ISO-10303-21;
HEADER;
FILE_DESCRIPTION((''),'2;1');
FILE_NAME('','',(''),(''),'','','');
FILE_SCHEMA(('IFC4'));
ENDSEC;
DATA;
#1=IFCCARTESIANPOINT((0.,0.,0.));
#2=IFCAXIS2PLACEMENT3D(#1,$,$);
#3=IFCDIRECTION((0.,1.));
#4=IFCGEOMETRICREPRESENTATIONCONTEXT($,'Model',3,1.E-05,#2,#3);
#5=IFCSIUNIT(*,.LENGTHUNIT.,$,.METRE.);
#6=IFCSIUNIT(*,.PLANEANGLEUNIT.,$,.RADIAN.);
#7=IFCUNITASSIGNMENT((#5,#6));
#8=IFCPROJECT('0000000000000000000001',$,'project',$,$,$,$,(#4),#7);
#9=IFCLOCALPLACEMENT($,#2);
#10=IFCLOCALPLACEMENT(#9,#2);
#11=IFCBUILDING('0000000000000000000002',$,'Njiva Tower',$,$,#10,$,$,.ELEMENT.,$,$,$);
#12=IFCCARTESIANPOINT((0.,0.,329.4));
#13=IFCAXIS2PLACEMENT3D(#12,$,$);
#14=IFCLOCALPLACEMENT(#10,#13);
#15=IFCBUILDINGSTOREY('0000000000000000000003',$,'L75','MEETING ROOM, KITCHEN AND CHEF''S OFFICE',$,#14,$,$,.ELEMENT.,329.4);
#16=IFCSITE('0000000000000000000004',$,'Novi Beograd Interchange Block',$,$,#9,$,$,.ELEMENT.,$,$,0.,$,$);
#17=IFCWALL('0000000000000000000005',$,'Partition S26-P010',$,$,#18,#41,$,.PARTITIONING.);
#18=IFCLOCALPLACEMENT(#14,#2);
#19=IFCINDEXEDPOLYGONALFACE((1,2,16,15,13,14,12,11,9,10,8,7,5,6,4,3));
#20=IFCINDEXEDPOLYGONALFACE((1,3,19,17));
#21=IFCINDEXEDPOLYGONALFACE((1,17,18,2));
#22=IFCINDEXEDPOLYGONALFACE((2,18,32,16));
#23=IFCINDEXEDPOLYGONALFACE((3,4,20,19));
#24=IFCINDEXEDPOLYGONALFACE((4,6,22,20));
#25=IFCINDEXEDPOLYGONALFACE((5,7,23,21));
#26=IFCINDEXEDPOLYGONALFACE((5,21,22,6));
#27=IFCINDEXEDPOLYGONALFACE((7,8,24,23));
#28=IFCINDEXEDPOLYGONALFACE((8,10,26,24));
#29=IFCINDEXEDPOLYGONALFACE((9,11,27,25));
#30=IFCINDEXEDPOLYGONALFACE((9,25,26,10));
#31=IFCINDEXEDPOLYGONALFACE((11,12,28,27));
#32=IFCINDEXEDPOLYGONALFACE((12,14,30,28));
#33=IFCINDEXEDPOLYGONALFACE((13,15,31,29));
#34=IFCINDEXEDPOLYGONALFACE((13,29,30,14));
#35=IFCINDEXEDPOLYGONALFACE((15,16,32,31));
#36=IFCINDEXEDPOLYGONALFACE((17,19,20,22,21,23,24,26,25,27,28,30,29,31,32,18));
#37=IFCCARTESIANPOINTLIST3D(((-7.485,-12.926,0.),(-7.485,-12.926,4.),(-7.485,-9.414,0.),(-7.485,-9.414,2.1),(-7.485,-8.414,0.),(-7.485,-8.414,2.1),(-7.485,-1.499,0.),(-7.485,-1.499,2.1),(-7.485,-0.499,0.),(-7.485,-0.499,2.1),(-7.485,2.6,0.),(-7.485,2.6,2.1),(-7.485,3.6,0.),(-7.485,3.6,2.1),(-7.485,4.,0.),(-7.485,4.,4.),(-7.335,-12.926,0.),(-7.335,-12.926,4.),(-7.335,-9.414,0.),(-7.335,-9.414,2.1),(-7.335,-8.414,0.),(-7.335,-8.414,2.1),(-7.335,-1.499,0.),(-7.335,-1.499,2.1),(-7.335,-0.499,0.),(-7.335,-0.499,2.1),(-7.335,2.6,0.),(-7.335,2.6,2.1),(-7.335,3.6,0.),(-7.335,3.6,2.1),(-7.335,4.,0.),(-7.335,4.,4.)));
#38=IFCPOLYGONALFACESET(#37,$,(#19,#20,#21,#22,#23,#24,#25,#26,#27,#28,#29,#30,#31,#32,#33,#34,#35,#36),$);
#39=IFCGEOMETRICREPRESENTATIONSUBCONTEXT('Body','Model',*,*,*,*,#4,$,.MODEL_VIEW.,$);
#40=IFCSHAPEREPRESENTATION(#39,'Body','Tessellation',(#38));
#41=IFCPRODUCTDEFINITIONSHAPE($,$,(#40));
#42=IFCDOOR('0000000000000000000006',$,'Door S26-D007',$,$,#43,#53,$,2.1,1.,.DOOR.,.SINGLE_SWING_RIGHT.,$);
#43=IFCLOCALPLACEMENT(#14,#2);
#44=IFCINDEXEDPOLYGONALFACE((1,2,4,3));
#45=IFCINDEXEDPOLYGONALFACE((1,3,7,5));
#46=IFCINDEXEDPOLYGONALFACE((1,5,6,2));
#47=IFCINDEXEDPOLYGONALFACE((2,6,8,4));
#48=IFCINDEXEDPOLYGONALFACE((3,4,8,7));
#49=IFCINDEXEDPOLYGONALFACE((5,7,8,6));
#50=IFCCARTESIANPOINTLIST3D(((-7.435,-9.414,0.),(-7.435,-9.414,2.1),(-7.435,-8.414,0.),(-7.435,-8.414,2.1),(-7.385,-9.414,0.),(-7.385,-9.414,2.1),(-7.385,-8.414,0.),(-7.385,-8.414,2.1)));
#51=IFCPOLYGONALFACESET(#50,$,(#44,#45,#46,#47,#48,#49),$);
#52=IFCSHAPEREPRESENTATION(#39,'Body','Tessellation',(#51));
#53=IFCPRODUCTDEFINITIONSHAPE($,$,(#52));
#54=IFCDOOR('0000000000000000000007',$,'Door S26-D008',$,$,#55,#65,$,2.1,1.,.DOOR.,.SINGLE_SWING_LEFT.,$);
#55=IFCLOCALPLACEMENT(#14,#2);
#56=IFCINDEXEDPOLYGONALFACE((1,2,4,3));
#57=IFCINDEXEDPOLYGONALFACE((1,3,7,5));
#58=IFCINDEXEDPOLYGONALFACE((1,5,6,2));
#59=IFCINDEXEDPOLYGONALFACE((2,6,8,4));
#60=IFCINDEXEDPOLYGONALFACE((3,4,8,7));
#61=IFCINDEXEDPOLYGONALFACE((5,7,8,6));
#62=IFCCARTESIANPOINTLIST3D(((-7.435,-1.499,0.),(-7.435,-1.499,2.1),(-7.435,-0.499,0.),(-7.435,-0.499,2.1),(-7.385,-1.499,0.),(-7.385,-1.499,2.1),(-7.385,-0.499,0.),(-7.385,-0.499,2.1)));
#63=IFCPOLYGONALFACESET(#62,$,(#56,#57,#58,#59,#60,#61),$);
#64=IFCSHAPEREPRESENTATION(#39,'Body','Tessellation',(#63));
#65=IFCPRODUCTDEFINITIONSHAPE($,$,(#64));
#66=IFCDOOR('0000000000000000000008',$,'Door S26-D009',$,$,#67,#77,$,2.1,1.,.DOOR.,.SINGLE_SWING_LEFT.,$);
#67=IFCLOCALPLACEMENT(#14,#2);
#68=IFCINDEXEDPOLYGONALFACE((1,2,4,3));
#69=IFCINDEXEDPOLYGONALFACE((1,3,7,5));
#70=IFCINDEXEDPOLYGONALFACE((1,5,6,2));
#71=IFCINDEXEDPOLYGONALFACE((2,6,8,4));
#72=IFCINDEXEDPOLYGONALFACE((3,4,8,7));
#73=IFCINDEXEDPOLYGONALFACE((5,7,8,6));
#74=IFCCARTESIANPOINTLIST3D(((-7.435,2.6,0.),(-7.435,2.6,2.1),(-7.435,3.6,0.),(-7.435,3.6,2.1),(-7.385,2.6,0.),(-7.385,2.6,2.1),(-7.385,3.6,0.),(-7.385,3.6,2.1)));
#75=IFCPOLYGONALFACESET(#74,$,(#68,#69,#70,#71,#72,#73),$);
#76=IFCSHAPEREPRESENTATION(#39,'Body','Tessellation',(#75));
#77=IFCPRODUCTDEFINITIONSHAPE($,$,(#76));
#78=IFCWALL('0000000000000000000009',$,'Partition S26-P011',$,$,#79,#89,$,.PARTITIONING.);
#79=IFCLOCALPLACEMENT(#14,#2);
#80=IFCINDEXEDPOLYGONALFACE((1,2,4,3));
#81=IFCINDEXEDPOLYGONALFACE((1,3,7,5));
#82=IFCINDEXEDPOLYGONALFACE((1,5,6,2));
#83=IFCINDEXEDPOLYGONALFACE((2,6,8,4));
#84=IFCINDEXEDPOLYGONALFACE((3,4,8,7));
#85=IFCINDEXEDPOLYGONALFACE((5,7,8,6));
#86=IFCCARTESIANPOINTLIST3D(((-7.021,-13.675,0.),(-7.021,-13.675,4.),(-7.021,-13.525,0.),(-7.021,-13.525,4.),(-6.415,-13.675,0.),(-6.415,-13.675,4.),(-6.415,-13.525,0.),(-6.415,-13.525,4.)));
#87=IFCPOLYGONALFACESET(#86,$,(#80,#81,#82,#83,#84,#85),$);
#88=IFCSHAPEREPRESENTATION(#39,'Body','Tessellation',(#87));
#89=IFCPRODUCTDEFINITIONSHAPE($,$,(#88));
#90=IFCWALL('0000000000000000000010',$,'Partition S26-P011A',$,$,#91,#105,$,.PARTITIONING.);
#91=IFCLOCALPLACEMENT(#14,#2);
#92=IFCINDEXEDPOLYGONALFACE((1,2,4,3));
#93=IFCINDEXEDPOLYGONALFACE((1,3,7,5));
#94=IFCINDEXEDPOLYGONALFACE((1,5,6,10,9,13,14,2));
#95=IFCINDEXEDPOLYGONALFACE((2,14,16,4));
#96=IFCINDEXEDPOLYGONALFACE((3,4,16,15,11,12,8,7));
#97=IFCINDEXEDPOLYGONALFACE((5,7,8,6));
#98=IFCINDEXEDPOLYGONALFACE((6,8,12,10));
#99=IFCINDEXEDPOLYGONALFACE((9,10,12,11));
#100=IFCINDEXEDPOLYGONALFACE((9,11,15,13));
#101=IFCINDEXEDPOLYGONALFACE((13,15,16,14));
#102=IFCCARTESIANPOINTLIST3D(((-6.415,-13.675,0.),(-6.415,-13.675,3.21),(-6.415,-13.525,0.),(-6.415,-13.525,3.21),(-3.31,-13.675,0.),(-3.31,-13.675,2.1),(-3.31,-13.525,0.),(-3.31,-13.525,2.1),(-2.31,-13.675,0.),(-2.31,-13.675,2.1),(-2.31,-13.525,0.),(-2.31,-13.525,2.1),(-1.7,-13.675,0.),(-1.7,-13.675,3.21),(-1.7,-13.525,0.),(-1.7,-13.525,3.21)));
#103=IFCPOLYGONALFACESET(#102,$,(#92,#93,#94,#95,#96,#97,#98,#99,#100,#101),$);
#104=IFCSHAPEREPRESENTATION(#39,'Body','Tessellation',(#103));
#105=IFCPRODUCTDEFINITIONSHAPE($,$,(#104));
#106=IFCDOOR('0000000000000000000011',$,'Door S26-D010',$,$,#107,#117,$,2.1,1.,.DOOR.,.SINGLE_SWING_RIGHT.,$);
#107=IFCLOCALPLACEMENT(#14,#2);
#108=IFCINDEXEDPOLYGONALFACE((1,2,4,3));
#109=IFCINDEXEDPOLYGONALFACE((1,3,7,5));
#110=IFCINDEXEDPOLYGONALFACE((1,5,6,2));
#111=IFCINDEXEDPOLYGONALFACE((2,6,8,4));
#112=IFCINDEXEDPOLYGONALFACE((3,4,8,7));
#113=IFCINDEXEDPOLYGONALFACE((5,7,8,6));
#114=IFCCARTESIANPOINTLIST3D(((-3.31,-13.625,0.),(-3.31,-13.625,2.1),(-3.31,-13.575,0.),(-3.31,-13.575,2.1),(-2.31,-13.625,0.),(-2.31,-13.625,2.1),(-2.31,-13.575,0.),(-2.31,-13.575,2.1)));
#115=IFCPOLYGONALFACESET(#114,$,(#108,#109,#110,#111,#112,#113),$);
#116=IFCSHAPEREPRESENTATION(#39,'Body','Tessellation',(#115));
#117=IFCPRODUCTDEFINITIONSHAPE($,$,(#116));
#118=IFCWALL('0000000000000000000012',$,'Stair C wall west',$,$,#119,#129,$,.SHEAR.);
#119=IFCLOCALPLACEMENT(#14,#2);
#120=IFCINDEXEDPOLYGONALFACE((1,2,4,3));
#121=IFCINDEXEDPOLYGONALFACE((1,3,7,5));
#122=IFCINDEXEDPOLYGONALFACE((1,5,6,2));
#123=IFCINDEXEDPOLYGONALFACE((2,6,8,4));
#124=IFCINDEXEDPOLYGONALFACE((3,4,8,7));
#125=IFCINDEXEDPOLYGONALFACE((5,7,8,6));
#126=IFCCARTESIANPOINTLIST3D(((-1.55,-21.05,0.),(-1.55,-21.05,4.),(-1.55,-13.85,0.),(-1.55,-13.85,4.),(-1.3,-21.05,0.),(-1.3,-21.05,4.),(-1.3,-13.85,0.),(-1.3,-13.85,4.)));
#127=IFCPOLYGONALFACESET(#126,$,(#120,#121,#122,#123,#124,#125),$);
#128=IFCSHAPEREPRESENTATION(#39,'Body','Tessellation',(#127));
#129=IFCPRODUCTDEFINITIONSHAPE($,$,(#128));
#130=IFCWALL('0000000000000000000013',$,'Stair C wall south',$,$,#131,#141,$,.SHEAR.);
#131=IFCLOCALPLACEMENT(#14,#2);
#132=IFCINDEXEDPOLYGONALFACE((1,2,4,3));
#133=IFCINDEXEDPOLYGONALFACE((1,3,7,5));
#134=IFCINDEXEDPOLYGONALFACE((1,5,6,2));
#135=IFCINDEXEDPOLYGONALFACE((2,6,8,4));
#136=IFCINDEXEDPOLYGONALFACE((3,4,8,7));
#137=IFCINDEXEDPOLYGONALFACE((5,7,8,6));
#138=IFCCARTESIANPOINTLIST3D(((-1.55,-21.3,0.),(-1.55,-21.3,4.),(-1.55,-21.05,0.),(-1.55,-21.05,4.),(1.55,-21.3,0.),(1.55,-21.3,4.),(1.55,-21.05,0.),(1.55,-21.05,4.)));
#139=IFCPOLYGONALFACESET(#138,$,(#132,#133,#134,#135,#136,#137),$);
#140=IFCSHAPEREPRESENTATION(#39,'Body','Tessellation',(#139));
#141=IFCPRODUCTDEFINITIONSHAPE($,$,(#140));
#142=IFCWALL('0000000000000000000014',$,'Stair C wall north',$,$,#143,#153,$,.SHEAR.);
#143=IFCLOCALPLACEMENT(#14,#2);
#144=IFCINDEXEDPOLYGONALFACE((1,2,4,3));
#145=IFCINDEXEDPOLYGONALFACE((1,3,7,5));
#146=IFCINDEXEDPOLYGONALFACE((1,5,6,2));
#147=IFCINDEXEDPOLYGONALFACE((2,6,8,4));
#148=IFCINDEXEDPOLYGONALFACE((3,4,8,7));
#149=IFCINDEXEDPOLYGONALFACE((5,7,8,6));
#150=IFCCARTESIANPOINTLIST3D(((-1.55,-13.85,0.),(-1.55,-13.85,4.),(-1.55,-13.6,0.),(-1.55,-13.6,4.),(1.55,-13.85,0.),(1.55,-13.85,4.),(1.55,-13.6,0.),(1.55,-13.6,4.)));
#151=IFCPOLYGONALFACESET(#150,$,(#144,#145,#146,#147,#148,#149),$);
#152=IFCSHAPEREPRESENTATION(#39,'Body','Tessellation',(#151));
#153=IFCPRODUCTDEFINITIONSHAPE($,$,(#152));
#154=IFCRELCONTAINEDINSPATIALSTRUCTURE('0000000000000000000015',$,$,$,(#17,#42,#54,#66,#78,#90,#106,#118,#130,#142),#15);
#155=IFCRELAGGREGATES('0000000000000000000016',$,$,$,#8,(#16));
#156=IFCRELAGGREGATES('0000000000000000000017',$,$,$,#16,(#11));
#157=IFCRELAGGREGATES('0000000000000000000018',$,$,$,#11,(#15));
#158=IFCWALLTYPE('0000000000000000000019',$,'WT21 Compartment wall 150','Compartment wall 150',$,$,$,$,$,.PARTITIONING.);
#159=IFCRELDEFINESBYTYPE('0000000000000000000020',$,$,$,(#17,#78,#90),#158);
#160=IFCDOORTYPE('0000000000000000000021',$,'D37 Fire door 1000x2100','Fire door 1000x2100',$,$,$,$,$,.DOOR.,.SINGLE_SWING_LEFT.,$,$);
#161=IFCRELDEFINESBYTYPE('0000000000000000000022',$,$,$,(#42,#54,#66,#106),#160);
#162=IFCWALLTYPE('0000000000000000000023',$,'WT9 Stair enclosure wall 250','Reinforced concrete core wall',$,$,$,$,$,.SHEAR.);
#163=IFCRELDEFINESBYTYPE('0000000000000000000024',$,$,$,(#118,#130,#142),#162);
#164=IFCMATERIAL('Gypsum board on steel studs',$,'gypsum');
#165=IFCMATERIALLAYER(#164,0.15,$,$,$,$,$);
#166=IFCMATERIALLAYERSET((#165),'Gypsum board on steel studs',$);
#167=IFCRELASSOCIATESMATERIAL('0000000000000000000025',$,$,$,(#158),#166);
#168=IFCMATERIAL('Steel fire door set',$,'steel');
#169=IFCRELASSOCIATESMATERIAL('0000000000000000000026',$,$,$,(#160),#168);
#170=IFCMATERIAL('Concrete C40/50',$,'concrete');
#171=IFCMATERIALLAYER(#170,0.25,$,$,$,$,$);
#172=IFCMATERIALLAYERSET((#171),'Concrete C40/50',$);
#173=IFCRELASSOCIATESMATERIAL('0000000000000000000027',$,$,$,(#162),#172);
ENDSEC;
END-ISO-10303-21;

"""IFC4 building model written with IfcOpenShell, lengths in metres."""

from ifc_helpers import new_model, si_unit, direction, frame, frame_2d, origin, place, context, subcontext, project, spatial, rectangle, extrude, material, layer, layer_set, type_object, element, fill, save


model = new_model("IFC4")

# Units and contexts
model_context = context("Model", 3, precision=1e-05, world=origin(), true_north=direction((0.0, 1.0)))
body_context = subcontext(model_context, "Body", "Model", "MODEL_VIEW")
ifc_project = project(units=[si_unit("LENGTHUNIT", "METRE"), si_unit("PLANEANGLEUNIT", "RADIAN")], contexts=[model_context])

# Site, building, storey
site_placement = place(None, origin())
site = spatial("IfcSite", under=ifc_project, at=site_placement, Name="Novi Beograd Interchange Block", CompositionType="ELEMENT", RefElevation=0.0)
building_placement = place(site_placement, origin())
building = spatial("IfcBuilding", under=site, at=building_placement, Name="Njiva Tower", CompositionType="ELEMENT")
storey_placement = place(building_placement, frame((0.0, 0.0, 329.4)))
storey = spatial("IfcBuildingStorey", under=building, at=storey_placement, Name="L75", Description="MEETING ROOM, KITCHEN AND CHEF'S OFFICE", CompositionType="ELEMENT", Elevation=329.4)

# Wall, openings, doors
ifc_material_1 = material(Name="Gypsum board on steel studs", Category="gypsum")
ifc_layer_1 = layer(ifc_material_1, 0.15)
ifc_layer_set_1 = layer_set([ifc_layer_1], Name="Gypsum board on steel studs")
wall_type_1 = type_object("IfcWallType", Name="WT21 Compartment wall 150", Description="Compartment wall 150", PredefinedType="PARTITIONING", material=ifc_layer_set_1)
wall_1_placement = place(storey_placement, frame((-7.41, -12.926, 0.0), z_axis=(0.0, 0.0, 1.0), x_axis=(0.0, 1.0, 0.0)))
wall_1 = element("IfcWall", 1, at=wall_1_placement, inside=storey, type_object=wall_type_1, Name="Partition S26-P010", PredefinedType="PARTITIONING", context=body_context, shape_type="SweptSolid", body=[
    extrude(rectangle(XDim=16.926, YDim=0.15, at=frame_2d((8.463, 0.0))), origin(), (0.0, 0.0, 1.0), 4.0),
])
opening_1_placement = place(wall_1_placement, frame((3.512, 0.0, 0.0)))
opening_1 = element("IfcOpeningElement", 2, at=opening_1_placement, cuts=wall_1, PredefinedType="OPENING", context=body_context, shape_type="SweptSolid", body=[
    extrude(rectangle(XDim=1.0, YDim=2.1, at=frame_2d((0.5, 1.05))), frame((0.0, 0.085, 0.0), z_axis=(0.0, -1.0, 0.0), x_axis=(1.0, 0.0, 0.0)), (0.0, 0.0, 1.0), 0.17),
])
opening_2_placement = place(wall_1_placement, frame((11.427, 0.0, 0.0)))
opening_2 = element("IfcOpeningElement", 3, at=opening_2_placement, cuts=wall_1, PredefinedType="OPENING", context=body_context, shape_type="SweptSolid", body=[
    extrude(rectangle(XDim=1.0, YDim=2.1, at=frame_2d((0.5, 1.05))), frame((0.0, 0.085, 0.0), z_axis=(0.0, -1.0, 0.0), x_axis=(1.0, 0.0, 0.0)), (0.0, 0.0, 1.0), 0.17),
])
opening_3_placement = place(wall_1_placement, frame((15.526, 0.0, 0.0)))
opening_3 = element("IfcOpeningElement", 4, at=opening_3_placement, cuts=wall_1, PredefinedType="OPENING", context=body_context, shape_type="SweptSolid", body=[
    extrude(rectangle(XDim=1.0, YDim=2.1, at=frame_2d((0.5, 1.05))), frame((0.0, 0.085, 0.0), z_axis=(0.0, -1.0, 0.0), x_axis=(1.0, 0.0, 0.0)), (0.0, 0.0, 1.0), 0.17),
])
ifc_material_2 = material(Name="Steel fire door set", Category="steel")
door_type = type_object("IfcDoorType", Name="D37 Fire door 1000x2100", Description="Fire door 1000x2100", OperationType="SINGLE_SWING_LEFT", PredefinedType="DOOR", material=ifc_material_2)
door_1_placement = place(opening_1_placement, origin())
door_1 = element("IfcDoor", 5, at=door_1_placement, inside=storey, type_object=door_type, Name="Door S26-D007", OperationType="SINGLE_SWING_RIGHT", OverallHeight=2.1, OverallWidth=1.0, PredefinedType="DOOR", context=body_context, shape_type="SweptSolid", body=[
    extrude(rectangle(XDim=1.0, YDim=2.1, at=frame_2d((0.5, 1.05))), frame((0.0, 0.025, 0.0), z_axis=(0.0, -1.0, 0.0), x_axis=(1.0, 0.0, 0.0)), (0.0, 0.0, 1.0), 0.05),
])
fill(opening_1, door_1)
door_2_placement = place(opening_2_placement, origin())
door_2 = element("IfcDoor", 6, at=door_2_placement, inside=storey, type_object=door_type, Name="Door S26-D008", OperationType="SINGLE_SWING_LEFT", OverallHeight=2.1, OverallWidth=1.0, PredefinedType="DOOR", context=body_context, shape_type="SweptSolid", body=[
    extrude(rectangle(XDim=1.0, YDim=2.1, at=frame_2d((0.5, 1.05))), frame((0.0, 0.025, 0.0), z_axis=(0.0, -1.0, 0.0), x_axis=(1.0, 0.0, 0.0)), (0.0, 0.0, 1.0), 0.05),
])
fill(opening_2, door_2)
door_3_placement = place(opening_3_placement, origin())
door_3 = element("IfcDoor", 7, at=door_3_placement, inside=storey, type_object=door_type, Name="Door S26-D009", OperationType="SINGLE_SWING_LEFT", OverallHeight=2.1, OverallWidth=1.0, PredefinedType="DOOR", context=body_context, shape_type="SweptSolid", body=[
    extrude(rectangle(XDim=1.0, YDim=2.1, at=frame_2d((0.5, 1.05))), frame((0.0, 0.025, 0.0), z_axis=(0.0, -1.0, 0.0), x_axis=(1.0, 0.0, 0.0)), (0.0, 0.0, 1.0), 0.05),
])
fill(opening_3, door_3)

# Wall
wall_2_placement = place(storey_placement, frame((-7.021, -13.6, 0.0), z_axis=(0.0, 0.0, 1.0), x_axis=(1.0, 0.0, 0.0)))
element("IfcWall", 8, at=wall_2_placement, inside=storey, type_object=wall_type_1, Name="Partition S26-P011", PredefinedType="PARTITIONING", context=body_context, shape_type="SweptSolid", body=[
    extrude(rectangle(XDim=0.606, YDim=0.15, at=frame_2d((0.303, 0.0))), origin(), (0.0, 0.0, 1.0), 4.0),
])

# Wall, opening, door
wall_3_placement = place(storey_placement, frame((-6.415, -13.6, 0.0), z_axis=(0.0, 0.0, 1.0), x_axis=(1.0, 0.0, 0.0)))
wall_3 = element("IfcWall", 9, at=wall_3_placement, inside=storey, type_object=wall_type_1, Name="Partition S26-P011A", PredefinedType="PARTITIONING", context=body_context, shape_type="SweptSolid", body=[
    extrude(rectangle(XDim=4.715, YDim=0.15, at=frame_2d((2.3575, 0.0))), origin(), (0.0, 0.0, 1.0), 3.21),
])
opening_4_placement = place(wall_3_placement, frame((3.105, 0.0, 0.0)))
opening_4 = element("IfcOpeningElement", 10, at=opening_4_placement, cuts=wall_3, PredefinedType="OPENING", context=body_context, shape_type="SweptSolid", body=[
    extrude(rectangle(XDim=1.0, YDim=2.1, at=frame_2d((0.5, 1.05))), frame((0.0, 0.085, 0.0), z_axis=(0.0, -1.0, 0.0), x_axis=(1.0, 0.0, 0.0)), (0.0, 0.0, 1.0), 0.17),
])
door_4_placement = place(opening_4_placement, origin())
door_4 = element("IfcDoor", 11, at=door_4_placement, inside=storey, type_object=door_type, Name="Door S26-D010", OperationType="SINGLE_SWING_RIGHT", OverallHeight=2.1, OverallWidth=1.0, PredefinedType="DOOR", context=body_context, shape_type="SweptSolid", body=[
    extrude(rectangle(XDim=1.0, YDim=2.1, at=frame_2d((0.5, 1.05))), frame((0.0, 0.025, 0.0), z_axis=(0.0, -1.0, 0.0), x_axis=(1.0, 0.0, 0.0)), (0.0, 0.0, 1.0), 0.05),
])
fill(opening_4, door_4)

# Walls
ifc_material_3 = material(Name="Concrete C40/50", Category="concrete")
ifc_layer_2 = layer(ifc_material_3, 0.25)
ifc_layer_set_2 = layer_set([ifc_layer_2], Name="Concrete C40/50")
wall_type_2 = type_object("IfcWallType", Name="WT9 Stair enclosure wall 250", Description="Reinforced concrete core wall", PredefinedType="SHEAR", material=ifc_layer_set_2)
wall_4_placement = place(storey_placement, frame((-1.425, -21.05, 0.0), z_axis=(0.0, 0.0, 1.0), x_axis=(0.0, 1.0, 0.0)))
element("IfcWall", 12, at=wall_4_placement, inside=storey, type_object=wall_type_2, Name="Stair C wall west", PredefinedType="SHEAR", context=body_context, shape_type="SweptSolid", body=[
    extrude(rectangle(XDim=7.2, YDim=0.25, at=frame_2d((3.6, 0.0))), origin(), (0.0, 0.0, 1.0), 4.0),
])
for number, where, z_axis, x_axis, name in (
    (13, (-1.55, -21.175, 0.0), (0.0, 0.0, 1.0), (1.0, 0.0, 0.0), "Stair C wall south"),
    (14, (-1.55, -13.725, 0.0), (0.0, 0.0, 1.0), (1.0, 0.0, 0.0), "Stair C wall north"),
):
    element("IfcWall", number, at=place(storey_placement, frame(where, z_axis=z_axis, x_axis=x_axis)), inside=storey, type_object=wall_type_2, Name=name, PredefinedType="SHEAR", context=body_context, shape_type="SweptSolid", body=[
        extrude(rectangle(XDim=3.1, YDim=0.25, at=frame_2d((1.55, 0.0))), origin(), (0.0, 0.0, 1.0), 4.0),
    ])

save(model, "model.ifc")
